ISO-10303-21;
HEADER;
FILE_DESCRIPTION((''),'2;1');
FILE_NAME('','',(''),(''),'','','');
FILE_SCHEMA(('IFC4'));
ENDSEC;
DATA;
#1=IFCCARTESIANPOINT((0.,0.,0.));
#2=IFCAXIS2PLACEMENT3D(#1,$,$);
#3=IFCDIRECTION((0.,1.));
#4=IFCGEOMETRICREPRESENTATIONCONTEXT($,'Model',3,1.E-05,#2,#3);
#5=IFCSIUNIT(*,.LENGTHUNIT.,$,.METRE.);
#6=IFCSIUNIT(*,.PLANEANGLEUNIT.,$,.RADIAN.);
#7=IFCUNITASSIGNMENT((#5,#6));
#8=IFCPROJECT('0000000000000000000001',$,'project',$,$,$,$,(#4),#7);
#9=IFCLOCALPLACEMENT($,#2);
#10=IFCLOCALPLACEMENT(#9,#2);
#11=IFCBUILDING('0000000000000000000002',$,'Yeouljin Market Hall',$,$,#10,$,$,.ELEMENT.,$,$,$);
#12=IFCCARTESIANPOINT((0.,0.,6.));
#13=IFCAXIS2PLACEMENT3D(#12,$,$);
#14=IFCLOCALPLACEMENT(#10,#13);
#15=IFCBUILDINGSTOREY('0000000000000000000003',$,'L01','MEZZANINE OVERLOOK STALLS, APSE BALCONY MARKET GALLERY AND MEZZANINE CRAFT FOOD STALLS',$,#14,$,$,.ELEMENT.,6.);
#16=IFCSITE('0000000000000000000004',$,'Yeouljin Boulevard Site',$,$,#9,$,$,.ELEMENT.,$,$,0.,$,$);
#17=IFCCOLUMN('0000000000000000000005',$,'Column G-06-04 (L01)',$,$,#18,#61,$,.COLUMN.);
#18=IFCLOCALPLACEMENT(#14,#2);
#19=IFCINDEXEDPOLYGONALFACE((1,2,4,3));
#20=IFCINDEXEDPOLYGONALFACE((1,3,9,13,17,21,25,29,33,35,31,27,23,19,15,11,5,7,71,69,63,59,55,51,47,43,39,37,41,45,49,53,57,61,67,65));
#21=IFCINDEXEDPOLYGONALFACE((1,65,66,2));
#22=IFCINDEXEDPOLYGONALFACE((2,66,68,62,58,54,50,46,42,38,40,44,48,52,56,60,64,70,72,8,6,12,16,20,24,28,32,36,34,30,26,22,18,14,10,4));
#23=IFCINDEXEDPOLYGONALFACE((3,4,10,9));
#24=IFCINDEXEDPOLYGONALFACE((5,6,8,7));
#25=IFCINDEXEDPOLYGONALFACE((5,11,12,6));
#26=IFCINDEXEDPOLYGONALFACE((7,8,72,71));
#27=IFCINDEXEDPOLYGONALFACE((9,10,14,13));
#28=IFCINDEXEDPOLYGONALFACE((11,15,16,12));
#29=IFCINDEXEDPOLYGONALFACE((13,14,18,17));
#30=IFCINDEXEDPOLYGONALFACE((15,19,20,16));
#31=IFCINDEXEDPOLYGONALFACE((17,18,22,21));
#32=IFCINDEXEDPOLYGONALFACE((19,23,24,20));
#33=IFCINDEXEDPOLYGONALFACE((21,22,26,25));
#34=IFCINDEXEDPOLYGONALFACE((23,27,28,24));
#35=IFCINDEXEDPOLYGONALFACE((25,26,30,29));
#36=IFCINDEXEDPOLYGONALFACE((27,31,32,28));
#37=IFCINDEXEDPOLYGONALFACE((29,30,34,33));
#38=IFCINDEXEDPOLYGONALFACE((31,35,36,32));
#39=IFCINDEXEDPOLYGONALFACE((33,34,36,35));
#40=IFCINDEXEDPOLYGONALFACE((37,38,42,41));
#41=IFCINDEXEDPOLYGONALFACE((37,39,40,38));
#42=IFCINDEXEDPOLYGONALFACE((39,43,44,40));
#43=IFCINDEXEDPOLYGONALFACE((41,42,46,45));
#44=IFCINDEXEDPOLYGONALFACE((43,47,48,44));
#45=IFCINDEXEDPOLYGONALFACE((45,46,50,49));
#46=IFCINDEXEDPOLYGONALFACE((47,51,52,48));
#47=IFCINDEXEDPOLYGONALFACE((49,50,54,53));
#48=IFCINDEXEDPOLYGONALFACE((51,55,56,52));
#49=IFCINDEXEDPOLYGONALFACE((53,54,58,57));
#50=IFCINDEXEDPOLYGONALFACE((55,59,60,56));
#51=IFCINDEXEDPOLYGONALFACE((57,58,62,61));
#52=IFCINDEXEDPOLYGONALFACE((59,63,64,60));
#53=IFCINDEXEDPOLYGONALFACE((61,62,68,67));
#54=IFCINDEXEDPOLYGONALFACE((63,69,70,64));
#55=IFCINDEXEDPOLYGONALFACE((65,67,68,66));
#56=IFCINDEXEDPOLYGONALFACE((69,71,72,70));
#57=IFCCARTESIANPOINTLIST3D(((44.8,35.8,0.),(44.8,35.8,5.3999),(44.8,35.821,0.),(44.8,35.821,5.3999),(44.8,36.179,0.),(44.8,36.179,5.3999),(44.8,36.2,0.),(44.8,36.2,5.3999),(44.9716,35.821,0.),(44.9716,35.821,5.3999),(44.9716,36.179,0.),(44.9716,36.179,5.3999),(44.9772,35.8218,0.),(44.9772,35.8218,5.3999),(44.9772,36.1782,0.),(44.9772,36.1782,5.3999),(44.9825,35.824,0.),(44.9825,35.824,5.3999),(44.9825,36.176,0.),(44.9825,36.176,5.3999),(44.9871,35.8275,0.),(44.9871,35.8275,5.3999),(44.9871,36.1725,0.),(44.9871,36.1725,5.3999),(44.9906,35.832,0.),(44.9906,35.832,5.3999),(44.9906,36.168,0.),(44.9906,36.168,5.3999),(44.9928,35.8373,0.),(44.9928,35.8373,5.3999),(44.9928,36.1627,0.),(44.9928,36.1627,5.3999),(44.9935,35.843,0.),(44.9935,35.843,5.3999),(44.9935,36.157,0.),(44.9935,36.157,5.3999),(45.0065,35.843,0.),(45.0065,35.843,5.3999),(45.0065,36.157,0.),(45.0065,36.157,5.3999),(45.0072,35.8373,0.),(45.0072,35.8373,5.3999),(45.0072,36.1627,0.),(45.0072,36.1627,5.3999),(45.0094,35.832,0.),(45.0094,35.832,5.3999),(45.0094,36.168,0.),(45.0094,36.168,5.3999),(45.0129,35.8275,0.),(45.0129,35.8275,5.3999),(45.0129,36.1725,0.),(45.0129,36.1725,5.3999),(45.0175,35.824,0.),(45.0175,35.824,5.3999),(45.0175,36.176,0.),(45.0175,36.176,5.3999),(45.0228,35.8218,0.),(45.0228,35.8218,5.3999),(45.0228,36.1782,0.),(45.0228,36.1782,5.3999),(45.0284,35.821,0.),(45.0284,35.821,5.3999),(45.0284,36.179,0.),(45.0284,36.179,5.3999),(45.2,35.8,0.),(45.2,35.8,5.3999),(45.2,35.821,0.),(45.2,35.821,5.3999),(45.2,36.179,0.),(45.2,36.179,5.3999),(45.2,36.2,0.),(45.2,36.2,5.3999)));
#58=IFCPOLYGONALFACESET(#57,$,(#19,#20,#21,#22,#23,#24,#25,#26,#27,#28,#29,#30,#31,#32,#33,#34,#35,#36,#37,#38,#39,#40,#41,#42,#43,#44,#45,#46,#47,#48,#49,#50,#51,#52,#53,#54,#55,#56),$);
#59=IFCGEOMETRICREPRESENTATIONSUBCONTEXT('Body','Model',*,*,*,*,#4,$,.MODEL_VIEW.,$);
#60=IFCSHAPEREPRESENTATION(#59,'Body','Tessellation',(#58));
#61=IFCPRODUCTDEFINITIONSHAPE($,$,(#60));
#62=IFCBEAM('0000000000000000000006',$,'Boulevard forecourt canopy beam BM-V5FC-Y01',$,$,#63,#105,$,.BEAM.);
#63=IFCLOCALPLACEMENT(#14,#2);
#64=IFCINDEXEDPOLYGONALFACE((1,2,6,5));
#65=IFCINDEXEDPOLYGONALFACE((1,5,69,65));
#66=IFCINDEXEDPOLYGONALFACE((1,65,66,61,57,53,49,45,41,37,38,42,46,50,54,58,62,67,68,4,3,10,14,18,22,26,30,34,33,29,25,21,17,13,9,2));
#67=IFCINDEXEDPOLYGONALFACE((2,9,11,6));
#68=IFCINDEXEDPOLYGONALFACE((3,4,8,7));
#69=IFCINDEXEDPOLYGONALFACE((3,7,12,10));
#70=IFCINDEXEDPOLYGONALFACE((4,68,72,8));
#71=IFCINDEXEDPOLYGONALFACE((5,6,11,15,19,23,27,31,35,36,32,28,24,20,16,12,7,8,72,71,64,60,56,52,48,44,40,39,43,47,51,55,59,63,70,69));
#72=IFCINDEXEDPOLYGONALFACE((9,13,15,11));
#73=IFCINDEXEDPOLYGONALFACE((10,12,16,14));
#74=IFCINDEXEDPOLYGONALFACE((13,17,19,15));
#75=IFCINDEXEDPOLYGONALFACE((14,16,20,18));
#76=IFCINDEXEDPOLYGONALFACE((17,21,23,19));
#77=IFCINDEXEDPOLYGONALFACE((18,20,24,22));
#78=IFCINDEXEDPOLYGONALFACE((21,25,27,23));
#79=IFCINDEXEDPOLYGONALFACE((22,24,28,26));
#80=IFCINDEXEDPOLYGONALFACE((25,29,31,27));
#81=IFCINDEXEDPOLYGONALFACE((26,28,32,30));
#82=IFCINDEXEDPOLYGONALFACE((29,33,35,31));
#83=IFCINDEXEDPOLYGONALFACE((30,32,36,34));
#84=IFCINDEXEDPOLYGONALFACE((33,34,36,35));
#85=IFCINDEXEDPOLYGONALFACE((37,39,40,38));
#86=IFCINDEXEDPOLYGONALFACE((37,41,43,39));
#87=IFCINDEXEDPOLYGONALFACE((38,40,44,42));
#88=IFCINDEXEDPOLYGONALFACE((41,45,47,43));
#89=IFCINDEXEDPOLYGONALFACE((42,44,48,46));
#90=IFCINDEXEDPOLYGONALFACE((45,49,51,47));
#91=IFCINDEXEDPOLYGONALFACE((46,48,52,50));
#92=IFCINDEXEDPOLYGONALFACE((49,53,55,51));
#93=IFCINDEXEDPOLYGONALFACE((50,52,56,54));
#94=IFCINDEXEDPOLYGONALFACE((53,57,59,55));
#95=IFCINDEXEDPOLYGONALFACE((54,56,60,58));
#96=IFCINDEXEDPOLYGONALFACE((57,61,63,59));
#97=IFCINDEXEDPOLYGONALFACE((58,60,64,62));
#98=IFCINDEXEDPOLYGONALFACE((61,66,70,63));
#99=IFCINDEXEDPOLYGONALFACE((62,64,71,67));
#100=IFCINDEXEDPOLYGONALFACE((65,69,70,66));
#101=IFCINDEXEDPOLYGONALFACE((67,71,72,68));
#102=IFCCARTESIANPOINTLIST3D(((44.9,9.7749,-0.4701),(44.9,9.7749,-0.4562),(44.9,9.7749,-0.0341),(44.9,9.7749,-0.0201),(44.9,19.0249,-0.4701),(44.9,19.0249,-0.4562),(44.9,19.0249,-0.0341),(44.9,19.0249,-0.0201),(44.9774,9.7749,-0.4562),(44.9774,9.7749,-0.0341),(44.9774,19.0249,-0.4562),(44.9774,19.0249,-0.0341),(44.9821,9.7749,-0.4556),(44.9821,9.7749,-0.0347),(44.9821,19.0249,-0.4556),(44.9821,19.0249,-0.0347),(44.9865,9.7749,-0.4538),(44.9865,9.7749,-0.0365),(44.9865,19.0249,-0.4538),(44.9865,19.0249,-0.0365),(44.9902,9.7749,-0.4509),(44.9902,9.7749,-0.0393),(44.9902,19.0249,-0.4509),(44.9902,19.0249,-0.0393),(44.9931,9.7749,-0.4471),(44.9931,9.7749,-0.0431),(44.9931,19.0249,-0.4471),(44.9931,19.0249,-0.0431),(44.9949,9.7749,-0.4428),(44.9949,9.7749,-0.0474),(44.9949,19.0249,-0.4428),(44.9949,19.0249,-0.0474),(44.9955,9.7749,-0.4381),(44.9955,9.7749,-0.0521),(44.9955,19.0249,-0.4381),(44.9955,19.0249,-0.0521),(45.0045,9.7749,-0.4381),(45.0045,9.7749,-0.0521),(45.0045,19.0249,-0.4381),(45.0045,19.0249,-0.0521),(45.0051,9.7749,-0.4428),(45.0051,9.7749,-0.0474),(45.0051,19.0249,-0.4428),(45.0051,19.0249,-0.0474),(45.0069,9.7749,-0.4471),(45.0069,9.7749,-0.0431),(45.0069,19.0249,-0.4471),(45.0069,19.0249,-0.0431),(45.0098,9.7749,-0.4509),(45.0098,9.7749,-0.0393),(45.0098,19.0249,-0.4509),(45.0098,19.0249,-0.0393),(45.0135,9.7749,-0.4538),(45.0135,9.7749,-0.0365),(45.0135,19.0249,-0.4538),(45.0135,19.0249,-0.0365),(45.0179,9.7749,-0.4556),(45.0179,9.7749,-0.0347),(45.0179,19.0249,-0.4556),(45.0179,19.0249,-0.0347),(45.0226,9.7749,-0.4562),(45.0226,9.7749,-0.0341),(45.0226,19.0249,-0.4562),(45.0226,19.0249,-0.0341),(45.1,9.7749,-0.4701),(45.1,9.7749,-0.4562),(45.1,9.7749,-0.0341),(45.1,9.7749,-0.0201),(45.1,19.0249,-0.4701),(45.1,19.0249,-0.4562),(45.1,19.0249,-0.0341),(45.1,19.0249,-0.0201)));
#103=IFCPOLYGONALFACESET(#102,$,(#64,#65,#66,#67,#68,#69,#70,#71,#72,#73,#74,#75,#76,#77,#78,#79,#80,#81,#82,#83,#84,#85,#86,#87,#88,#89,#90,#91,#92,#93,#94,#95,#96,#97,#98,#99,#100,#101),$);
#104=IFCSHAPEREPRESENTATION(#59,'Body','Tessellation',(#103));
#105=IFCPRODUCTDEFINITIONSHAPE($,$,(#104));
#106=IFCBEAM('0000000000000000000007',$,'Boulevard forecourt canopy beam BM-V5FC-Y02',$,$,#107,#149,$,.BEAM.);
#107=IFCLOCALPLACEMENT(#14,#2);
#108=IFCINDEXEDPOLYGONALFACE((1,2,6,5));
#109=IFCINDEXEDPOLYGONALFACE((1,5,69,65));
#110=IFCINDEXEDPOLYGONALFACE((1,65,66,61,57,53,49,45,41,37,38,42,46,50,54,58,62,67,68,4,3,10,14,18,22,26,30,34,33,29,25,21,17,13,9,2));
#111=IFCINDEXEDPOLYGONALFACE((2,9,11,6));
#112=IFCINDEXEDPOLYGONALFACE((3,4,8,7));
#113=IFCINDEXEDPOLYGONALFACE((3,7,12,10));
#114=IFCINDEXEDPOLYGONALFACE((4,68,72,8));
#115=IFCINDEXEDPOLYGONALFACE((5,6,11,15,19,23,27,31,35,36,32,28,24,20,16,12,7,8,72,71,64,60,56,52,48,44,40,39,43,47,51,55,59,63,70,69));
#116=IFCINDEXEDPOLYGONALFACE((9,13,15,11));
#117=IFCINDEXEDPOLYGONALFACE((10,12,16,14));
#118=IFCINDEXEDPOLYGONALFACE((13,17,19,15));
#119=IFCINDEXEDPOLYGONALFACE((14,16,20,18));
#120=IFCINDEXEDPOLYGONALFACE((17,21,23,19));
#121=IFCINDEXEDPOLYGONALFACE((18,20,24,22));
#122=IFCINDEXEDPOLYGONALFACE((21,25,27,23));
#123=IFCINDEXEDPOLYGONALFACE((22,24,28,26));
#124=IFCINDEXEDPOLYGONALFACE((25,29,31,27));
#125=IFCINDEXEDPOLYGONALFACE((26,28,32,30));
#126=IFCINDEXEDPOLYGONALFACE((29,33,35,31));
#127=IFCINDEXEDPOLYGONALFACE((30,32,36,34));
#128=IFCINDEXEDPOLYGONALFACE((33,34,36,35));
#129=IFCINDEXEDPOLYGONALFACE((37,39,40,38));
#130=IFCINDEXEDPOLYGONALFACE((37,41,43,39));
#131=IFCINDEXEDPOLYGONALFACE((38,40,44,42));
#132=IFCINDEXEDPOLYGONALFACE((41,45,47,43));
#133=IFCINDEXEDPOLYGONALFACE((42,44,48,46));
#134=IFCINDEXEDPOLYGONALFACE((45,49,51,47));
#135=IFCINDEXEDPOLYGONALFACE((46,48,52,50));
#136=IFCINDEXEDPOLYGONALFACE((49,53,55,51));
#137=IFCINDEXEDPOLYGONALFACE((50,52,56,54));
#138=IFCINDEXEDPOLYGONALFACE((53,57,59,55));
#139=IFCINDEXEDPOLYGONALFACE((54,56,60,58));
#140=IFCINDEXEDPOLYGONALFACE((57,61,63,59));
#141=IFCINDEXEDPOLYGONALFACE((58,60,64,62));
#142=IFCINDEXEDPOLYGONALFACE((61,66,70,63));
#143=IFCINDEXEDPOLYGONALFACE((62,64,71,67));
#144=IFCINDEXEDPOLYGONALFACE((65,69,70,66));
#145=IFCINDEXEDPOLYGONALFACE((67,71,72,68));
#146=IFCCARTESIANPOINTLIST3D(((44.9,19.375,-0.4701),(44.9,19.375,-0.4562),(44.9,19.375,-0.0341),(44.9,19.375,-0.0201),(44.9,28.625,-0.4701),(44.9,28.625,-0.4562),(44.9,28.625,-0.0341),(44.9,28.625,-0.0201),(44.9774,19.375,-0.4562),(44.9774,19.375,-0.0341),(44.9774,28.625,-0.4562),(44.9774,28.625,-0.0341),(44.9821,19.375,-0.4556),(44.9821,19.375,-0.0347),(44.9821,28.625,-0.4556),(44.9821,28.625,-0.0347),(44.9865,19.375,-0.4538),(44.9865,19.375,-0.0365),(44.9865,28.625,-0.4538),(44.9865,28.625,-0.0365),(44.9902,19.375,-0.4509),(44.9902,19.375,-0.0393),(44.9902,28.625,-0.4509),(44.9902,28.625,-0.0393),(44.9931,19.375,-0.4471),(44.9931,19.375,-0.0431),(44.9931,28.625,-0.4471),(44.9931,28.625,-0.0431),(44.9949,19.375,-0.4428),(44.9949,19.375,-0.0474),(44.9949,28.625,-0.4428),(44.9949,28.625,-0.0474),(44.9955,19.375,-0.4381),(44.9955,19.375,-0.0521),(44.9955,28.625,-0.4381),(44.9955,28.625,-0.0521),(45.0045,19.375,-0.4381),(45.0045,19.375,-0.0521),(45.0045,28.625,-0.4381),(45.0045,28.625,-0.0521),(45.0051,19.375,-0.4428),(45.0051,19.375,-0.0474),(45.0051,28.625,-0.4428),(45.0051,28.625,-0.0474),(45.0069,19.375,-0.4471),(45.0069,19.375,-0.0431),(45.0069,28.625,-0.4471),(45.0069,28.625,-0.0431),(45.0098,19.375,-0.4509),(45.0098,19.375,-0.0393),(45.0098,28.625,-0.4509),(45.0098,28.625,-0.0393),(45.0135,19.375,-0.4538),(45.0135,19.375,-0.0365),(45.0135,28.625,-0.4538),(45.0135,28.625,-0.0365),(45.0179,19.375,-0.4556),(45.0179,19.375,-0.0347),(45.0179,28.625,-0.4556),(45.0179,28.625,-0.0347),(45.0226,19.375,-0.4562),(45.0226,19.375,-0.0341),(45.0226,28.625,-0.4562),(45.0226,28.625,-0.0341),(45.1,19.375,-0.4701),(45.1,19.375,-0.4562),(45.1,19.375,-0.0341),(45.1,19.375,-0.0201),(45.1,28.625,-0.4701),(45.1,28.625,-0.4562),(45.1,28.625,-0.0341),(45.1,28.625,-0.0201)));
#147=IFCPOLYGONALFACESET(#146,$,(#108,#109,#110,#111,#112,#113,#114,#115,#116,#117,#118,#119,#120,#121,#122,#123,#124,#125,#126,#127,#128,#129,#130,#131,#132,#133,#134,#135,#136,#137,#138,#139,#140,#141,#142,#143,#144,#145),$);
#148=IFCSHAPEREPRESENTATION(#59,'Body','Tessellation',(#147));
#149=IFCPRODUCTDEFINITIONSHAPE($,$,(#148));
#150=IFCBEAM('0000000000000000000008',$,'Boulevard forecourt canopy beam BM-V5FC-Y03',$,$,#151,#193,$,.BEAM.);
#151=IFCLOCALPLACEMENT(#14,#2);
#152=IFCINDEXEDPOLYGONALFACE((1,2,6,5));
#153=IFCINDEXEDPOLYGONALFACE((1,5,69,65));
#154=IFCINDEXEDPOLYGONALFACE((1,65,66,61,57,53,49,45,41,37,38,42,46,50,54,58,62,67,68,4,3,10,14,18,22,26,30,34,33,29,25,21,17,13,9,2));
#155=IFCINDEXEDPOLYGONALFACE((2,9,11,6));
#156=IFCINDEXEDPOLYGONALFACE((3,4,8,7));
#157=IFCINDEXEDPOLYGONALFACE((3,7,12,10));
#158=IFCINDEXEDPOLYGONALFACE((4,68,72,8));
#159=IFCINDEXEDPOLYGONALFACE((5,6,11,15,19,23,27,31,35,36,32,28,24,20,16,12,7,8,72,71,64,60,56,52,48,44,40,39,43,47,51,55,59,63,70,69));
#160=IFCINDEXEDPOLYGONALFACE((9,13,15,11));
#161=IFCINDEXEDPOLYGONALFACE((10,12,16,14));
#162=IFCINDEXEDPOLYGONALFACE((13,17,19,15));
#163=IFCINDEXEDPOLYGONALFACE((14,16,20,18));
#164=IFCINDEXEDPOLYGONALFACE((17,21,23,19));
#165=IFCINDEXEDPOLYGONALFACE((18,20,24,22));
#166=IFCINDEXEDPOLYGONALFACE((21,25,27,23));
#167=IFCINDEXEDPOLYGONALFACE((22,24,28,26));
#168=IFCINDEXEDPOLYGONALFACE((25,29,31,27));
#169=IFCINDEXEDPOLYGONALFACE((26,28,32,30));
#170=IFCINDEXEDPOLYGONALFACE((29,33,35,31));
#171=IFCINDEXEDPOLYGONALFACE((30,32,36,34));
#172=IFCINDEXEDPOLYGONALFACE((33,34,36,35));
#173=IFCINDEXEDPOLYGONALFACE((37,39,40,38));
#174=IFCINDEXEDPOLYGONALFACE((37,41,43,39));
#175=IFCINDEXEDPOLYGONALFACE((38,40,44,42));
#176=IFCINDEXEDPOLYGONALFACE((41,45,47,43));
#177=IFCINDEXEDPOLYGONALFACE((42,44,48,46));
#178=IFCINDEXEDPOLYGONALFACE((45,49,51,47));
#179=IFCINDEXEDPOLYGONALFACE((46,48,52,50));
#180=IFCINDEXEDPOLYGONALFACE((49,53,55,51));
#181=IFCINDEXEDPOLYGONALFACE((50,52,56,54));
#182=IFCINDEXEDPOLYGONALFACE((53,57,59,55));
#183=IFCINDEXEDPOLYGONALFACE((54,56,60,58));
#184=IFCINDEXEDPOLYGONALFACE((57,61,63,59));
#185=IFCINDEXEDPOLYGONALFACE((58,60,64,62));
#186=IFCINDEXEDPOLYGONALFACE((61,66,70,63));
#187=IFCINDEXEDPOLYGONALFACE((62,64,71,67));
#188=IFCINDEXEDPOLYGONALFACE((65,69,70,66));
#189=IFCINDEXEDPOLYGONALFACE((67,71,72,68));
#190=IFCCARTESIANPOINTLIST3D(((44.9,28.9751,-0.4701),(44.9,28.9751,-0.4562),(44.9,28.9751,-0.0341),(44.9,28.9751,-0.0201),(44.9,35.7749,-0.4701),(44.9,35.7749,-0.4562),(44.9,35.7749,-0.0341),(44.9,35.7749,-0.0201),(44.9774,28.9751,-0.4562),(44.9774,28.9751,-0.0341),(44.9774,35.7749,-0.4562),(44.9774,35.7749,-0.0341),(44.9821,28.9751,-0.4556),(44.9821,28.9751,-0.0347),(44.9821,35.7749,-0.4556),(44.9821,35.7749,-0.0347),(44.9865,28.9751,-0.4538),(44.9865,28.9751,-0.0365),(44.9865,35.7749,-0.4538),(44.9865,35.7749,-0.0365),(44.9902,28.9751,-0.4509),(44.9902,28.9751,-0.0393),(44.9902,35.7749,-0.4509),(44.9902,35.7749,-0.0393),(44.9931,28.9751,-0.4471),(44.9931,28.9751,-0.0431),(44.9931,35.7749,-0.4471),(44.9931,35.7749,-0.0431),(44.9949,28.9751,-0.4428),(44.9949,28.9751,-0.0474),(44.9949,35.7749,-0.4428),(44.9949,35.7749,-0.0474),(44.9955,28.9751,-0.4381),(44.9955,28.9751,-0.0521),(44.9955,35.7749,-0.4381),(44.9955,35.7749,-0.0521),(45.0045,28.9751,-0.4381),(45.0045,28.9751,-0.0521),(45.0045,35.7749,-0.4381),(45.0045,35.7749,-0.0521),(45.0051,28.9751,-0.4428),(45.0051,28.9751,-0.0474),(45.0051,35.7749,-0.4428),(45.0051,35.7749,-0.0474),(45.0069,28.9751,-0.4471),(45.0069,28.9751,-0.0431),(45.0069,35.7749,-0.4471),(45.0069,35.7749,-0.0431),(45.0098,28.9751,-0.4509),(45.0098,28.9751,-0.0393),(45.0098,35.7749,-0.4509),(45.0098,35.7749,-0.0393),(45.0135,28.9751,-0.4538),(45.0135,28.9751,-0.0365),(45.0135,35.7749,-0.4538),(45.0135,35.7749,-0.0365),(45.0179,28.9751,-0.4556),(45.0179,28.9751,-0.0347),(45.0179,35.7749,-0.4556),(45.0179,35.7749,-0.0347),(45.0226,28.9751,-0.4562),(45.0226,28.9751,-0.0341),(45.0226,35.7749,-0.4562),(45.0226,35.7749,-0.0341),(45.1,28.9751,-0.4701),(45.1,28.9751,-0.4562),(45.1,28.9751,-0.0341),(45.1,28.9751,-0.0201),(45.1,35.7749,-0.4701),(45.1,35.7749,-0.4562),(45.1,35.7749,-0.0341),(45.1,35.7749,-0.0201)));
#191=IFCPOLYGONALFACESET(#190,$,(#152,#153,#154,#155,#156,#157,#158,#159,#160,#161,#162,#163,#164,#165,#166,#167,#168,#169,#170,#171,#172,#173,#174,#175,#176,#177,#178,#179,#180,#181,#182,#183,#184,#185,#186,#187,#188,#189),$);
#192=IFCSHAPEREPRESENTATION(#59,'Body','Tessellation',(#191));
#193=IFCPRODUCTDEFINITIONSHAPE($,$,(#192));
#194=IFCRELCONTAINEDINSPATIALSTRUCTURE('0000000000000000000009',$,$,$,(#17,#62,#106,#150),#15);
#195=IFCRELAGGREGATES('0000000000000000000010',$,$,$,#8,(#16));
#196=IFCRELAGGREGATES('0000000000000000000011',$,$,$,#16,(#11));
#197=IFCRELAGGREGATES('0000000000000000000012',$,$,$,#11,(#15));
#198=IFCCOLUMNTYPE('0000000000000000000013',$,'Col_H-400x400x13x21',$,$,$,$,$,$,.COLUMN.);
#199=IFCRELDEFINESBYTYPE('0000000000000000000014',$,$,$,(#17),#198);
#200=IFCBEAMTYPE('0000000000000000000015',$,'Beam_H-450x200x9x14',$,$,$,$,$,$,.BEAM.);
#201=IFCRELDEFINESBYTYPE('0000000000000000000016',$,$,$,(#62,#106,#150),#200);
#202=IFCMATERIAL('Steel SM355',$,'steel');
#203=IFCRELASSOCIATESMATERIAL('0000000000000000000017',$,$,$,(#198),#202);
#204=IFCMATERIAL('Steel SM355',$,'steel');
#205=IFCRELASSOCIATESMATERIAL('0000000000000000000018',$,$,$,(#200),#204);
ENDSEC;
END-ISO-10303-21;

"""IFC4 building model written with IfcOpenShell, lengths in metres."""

from ifc_helpers import new_model, si_unit, direction, frame, origin, origin_2d, place, context, subcontext, project, spatial, i_section, extrude, material, material_profile, profile_set, type_object, element, save


model = new_model("IFC4")

# Units and contexts
model_context = context("Model", 3, precision=1e-05, world=origin(), true_north=direction((0.0, 1.0)))
body_context = subcontext(model_context, "Body", "Model", "MODEL_VIEW")
ifc_project = project(units=[si_unit("LENGTHUNIT", "METRE"), si_unit("PLANEANGLEUNIT", "RADIAN")], contexts=[model_context])

# Site, building, storey
site_placement = place(None, origin())
site = spatial("IfcSite", under=ifc_project, at=site_placement, Name="Yeouljin Boulevard Site", CompositionType="ELEMENT", RefElevation=0.0)
building_placement = place(site_placement, origin())
building = spatial("IfcBuilding", under=site, at=building_placement, Name="Yeouljin Market Hall", CompositionType="ELEMENT")
storey_placement = place(building_placement, frame((0.0, 0.0, 6.0)))
storey = spatial("IfcBuildingStorey", under=building, at=storey_placement, Name="L01", Description="MEZZANINE OVERLOOK STALLS, APSE BALCONY MARKET GALLERY AND MEZZANINE CRAFT FOOD STALLS", CompositionType="ELEMENT", Elevation=6.0)

# Column
ifc_material_1 = material(Name="Steel SM355", Category="steel")
ifc_material_profile_1 = material_profile(ifc_material_1, i_section(OverallWidth=0.3999, OverallDepth=0.3999, WebThickness=0.0129, FlangeThickness=0.021, FilletRadius=0.022, at=origin_2d()), Name="H-400x400x13x21")
ifc_profile_set_1 = profile_set([ifc_material_profile_1], Name="Steel SM355")
column_type = type_object("IfcColumnType", Name="Col_H-400x400x13x21", PredefinedType="COLUMN", material=ifc_profile_set_1)
column_placement = place(storey_placement, frame((45.0, 36.0, 0.0), z_axis=(0.0, 0.0, 1.0), x_axis=(1.0, 0.0, 0.0)))
element("IfcColumn", 1, at=column_placement, inside=storey, type_object=column_type, Name="Column G-06-04 (L01)", PredefinedType="COLUMN", context=body_context, shape_type="SweptSolid", body=[
    extrude(i_section(OverallWidth=0.3999, OverallDepth=0.3999, WebThickness=0.0129, FlangeThickness=0.021, FilletRadius=0.022, at=origin_2d()), origin(), (0.0, 0.0, 1.0), 5.3999),
])

# Beams
ifc_material_2 = material(Name="Steel SM355", Category="steel")
ifc_material_profile_2 = material_profile(ifc_material_2, i_section(OverallWidth=0.2, OverallDepth=0.45, WebThickness=0.009, FlangeThickness=0.0139, FilletRadius=0.0181, at=origin_2d()), Name="H-450x200x9x14")
ifc_profile_set_2 = profile_set([ifc_material_profile_2], Name="Steel SM355")
beam_type_1 = type_object("IfcBeamType", Name="Beam_H-450x200x9x14", PredefinedType="BEAM", material=ifc_profile_set_2)
for number, where, z_axis, x_axis, name in (
    (2, (45.0, 9.7749, -0.2451), (0.0, 1.0, 0.0), (-1.0, 0.0, 0.0), "Boulevard forecourt canopy beam BM-V5FC-Y01"),
    (3, (45.0, 19.375, -0.2451), (0.0, 1.0, 0.0), (-1.0, 0.0, 0.0), "Boulevard forecourt canopy beam BM-V5FC-Y02"),
):
    element("IfcBeam", number, at=place(storey_placement, frame(where, z_axis=z_axis, x_axis=x_axis)), inside=storey, type_object=beam_type_1, Name=name, PredefinedType="BEAM", context=body_context, shape_type="SweptSolid", body=[
        extrude(i_section(OverallWidth=0.2, OverallDepth=0.45, WebThickness=0.009, FlangeThickness=0.0139, FilletRadius=0.0181, at=origin_2d()), origin(), (0.0, 0.0, 1.0), 9.25),
    ])
beam_1_placement = place(storey_placement, frame((45.0, 28.9751, -0.2451), z_axis=(0.0, 1.0, 0.0), x_axis=(-1.0, 0.0, 0.0)))
element("IfcBeam", 4, at=beam_1_placement, inside=storey, type_object=beam_type_1, Name="Boulevard forecourt canopy beam BM-V5FC-Y03", PredefinedType="BEAM", context=body_context, shape_type="SweptSolid", body=[
    extrude(i_section(OverallWidth=0.2, OverallDepth=0.45, WebThickness=0.009, FlangeThickness=0.0139, FilletRadius=0.0181, at=origin_2d()), origin(), (0.0, 0.0, 1.0), 6.7998),
])

save(model, "model.ifc")
